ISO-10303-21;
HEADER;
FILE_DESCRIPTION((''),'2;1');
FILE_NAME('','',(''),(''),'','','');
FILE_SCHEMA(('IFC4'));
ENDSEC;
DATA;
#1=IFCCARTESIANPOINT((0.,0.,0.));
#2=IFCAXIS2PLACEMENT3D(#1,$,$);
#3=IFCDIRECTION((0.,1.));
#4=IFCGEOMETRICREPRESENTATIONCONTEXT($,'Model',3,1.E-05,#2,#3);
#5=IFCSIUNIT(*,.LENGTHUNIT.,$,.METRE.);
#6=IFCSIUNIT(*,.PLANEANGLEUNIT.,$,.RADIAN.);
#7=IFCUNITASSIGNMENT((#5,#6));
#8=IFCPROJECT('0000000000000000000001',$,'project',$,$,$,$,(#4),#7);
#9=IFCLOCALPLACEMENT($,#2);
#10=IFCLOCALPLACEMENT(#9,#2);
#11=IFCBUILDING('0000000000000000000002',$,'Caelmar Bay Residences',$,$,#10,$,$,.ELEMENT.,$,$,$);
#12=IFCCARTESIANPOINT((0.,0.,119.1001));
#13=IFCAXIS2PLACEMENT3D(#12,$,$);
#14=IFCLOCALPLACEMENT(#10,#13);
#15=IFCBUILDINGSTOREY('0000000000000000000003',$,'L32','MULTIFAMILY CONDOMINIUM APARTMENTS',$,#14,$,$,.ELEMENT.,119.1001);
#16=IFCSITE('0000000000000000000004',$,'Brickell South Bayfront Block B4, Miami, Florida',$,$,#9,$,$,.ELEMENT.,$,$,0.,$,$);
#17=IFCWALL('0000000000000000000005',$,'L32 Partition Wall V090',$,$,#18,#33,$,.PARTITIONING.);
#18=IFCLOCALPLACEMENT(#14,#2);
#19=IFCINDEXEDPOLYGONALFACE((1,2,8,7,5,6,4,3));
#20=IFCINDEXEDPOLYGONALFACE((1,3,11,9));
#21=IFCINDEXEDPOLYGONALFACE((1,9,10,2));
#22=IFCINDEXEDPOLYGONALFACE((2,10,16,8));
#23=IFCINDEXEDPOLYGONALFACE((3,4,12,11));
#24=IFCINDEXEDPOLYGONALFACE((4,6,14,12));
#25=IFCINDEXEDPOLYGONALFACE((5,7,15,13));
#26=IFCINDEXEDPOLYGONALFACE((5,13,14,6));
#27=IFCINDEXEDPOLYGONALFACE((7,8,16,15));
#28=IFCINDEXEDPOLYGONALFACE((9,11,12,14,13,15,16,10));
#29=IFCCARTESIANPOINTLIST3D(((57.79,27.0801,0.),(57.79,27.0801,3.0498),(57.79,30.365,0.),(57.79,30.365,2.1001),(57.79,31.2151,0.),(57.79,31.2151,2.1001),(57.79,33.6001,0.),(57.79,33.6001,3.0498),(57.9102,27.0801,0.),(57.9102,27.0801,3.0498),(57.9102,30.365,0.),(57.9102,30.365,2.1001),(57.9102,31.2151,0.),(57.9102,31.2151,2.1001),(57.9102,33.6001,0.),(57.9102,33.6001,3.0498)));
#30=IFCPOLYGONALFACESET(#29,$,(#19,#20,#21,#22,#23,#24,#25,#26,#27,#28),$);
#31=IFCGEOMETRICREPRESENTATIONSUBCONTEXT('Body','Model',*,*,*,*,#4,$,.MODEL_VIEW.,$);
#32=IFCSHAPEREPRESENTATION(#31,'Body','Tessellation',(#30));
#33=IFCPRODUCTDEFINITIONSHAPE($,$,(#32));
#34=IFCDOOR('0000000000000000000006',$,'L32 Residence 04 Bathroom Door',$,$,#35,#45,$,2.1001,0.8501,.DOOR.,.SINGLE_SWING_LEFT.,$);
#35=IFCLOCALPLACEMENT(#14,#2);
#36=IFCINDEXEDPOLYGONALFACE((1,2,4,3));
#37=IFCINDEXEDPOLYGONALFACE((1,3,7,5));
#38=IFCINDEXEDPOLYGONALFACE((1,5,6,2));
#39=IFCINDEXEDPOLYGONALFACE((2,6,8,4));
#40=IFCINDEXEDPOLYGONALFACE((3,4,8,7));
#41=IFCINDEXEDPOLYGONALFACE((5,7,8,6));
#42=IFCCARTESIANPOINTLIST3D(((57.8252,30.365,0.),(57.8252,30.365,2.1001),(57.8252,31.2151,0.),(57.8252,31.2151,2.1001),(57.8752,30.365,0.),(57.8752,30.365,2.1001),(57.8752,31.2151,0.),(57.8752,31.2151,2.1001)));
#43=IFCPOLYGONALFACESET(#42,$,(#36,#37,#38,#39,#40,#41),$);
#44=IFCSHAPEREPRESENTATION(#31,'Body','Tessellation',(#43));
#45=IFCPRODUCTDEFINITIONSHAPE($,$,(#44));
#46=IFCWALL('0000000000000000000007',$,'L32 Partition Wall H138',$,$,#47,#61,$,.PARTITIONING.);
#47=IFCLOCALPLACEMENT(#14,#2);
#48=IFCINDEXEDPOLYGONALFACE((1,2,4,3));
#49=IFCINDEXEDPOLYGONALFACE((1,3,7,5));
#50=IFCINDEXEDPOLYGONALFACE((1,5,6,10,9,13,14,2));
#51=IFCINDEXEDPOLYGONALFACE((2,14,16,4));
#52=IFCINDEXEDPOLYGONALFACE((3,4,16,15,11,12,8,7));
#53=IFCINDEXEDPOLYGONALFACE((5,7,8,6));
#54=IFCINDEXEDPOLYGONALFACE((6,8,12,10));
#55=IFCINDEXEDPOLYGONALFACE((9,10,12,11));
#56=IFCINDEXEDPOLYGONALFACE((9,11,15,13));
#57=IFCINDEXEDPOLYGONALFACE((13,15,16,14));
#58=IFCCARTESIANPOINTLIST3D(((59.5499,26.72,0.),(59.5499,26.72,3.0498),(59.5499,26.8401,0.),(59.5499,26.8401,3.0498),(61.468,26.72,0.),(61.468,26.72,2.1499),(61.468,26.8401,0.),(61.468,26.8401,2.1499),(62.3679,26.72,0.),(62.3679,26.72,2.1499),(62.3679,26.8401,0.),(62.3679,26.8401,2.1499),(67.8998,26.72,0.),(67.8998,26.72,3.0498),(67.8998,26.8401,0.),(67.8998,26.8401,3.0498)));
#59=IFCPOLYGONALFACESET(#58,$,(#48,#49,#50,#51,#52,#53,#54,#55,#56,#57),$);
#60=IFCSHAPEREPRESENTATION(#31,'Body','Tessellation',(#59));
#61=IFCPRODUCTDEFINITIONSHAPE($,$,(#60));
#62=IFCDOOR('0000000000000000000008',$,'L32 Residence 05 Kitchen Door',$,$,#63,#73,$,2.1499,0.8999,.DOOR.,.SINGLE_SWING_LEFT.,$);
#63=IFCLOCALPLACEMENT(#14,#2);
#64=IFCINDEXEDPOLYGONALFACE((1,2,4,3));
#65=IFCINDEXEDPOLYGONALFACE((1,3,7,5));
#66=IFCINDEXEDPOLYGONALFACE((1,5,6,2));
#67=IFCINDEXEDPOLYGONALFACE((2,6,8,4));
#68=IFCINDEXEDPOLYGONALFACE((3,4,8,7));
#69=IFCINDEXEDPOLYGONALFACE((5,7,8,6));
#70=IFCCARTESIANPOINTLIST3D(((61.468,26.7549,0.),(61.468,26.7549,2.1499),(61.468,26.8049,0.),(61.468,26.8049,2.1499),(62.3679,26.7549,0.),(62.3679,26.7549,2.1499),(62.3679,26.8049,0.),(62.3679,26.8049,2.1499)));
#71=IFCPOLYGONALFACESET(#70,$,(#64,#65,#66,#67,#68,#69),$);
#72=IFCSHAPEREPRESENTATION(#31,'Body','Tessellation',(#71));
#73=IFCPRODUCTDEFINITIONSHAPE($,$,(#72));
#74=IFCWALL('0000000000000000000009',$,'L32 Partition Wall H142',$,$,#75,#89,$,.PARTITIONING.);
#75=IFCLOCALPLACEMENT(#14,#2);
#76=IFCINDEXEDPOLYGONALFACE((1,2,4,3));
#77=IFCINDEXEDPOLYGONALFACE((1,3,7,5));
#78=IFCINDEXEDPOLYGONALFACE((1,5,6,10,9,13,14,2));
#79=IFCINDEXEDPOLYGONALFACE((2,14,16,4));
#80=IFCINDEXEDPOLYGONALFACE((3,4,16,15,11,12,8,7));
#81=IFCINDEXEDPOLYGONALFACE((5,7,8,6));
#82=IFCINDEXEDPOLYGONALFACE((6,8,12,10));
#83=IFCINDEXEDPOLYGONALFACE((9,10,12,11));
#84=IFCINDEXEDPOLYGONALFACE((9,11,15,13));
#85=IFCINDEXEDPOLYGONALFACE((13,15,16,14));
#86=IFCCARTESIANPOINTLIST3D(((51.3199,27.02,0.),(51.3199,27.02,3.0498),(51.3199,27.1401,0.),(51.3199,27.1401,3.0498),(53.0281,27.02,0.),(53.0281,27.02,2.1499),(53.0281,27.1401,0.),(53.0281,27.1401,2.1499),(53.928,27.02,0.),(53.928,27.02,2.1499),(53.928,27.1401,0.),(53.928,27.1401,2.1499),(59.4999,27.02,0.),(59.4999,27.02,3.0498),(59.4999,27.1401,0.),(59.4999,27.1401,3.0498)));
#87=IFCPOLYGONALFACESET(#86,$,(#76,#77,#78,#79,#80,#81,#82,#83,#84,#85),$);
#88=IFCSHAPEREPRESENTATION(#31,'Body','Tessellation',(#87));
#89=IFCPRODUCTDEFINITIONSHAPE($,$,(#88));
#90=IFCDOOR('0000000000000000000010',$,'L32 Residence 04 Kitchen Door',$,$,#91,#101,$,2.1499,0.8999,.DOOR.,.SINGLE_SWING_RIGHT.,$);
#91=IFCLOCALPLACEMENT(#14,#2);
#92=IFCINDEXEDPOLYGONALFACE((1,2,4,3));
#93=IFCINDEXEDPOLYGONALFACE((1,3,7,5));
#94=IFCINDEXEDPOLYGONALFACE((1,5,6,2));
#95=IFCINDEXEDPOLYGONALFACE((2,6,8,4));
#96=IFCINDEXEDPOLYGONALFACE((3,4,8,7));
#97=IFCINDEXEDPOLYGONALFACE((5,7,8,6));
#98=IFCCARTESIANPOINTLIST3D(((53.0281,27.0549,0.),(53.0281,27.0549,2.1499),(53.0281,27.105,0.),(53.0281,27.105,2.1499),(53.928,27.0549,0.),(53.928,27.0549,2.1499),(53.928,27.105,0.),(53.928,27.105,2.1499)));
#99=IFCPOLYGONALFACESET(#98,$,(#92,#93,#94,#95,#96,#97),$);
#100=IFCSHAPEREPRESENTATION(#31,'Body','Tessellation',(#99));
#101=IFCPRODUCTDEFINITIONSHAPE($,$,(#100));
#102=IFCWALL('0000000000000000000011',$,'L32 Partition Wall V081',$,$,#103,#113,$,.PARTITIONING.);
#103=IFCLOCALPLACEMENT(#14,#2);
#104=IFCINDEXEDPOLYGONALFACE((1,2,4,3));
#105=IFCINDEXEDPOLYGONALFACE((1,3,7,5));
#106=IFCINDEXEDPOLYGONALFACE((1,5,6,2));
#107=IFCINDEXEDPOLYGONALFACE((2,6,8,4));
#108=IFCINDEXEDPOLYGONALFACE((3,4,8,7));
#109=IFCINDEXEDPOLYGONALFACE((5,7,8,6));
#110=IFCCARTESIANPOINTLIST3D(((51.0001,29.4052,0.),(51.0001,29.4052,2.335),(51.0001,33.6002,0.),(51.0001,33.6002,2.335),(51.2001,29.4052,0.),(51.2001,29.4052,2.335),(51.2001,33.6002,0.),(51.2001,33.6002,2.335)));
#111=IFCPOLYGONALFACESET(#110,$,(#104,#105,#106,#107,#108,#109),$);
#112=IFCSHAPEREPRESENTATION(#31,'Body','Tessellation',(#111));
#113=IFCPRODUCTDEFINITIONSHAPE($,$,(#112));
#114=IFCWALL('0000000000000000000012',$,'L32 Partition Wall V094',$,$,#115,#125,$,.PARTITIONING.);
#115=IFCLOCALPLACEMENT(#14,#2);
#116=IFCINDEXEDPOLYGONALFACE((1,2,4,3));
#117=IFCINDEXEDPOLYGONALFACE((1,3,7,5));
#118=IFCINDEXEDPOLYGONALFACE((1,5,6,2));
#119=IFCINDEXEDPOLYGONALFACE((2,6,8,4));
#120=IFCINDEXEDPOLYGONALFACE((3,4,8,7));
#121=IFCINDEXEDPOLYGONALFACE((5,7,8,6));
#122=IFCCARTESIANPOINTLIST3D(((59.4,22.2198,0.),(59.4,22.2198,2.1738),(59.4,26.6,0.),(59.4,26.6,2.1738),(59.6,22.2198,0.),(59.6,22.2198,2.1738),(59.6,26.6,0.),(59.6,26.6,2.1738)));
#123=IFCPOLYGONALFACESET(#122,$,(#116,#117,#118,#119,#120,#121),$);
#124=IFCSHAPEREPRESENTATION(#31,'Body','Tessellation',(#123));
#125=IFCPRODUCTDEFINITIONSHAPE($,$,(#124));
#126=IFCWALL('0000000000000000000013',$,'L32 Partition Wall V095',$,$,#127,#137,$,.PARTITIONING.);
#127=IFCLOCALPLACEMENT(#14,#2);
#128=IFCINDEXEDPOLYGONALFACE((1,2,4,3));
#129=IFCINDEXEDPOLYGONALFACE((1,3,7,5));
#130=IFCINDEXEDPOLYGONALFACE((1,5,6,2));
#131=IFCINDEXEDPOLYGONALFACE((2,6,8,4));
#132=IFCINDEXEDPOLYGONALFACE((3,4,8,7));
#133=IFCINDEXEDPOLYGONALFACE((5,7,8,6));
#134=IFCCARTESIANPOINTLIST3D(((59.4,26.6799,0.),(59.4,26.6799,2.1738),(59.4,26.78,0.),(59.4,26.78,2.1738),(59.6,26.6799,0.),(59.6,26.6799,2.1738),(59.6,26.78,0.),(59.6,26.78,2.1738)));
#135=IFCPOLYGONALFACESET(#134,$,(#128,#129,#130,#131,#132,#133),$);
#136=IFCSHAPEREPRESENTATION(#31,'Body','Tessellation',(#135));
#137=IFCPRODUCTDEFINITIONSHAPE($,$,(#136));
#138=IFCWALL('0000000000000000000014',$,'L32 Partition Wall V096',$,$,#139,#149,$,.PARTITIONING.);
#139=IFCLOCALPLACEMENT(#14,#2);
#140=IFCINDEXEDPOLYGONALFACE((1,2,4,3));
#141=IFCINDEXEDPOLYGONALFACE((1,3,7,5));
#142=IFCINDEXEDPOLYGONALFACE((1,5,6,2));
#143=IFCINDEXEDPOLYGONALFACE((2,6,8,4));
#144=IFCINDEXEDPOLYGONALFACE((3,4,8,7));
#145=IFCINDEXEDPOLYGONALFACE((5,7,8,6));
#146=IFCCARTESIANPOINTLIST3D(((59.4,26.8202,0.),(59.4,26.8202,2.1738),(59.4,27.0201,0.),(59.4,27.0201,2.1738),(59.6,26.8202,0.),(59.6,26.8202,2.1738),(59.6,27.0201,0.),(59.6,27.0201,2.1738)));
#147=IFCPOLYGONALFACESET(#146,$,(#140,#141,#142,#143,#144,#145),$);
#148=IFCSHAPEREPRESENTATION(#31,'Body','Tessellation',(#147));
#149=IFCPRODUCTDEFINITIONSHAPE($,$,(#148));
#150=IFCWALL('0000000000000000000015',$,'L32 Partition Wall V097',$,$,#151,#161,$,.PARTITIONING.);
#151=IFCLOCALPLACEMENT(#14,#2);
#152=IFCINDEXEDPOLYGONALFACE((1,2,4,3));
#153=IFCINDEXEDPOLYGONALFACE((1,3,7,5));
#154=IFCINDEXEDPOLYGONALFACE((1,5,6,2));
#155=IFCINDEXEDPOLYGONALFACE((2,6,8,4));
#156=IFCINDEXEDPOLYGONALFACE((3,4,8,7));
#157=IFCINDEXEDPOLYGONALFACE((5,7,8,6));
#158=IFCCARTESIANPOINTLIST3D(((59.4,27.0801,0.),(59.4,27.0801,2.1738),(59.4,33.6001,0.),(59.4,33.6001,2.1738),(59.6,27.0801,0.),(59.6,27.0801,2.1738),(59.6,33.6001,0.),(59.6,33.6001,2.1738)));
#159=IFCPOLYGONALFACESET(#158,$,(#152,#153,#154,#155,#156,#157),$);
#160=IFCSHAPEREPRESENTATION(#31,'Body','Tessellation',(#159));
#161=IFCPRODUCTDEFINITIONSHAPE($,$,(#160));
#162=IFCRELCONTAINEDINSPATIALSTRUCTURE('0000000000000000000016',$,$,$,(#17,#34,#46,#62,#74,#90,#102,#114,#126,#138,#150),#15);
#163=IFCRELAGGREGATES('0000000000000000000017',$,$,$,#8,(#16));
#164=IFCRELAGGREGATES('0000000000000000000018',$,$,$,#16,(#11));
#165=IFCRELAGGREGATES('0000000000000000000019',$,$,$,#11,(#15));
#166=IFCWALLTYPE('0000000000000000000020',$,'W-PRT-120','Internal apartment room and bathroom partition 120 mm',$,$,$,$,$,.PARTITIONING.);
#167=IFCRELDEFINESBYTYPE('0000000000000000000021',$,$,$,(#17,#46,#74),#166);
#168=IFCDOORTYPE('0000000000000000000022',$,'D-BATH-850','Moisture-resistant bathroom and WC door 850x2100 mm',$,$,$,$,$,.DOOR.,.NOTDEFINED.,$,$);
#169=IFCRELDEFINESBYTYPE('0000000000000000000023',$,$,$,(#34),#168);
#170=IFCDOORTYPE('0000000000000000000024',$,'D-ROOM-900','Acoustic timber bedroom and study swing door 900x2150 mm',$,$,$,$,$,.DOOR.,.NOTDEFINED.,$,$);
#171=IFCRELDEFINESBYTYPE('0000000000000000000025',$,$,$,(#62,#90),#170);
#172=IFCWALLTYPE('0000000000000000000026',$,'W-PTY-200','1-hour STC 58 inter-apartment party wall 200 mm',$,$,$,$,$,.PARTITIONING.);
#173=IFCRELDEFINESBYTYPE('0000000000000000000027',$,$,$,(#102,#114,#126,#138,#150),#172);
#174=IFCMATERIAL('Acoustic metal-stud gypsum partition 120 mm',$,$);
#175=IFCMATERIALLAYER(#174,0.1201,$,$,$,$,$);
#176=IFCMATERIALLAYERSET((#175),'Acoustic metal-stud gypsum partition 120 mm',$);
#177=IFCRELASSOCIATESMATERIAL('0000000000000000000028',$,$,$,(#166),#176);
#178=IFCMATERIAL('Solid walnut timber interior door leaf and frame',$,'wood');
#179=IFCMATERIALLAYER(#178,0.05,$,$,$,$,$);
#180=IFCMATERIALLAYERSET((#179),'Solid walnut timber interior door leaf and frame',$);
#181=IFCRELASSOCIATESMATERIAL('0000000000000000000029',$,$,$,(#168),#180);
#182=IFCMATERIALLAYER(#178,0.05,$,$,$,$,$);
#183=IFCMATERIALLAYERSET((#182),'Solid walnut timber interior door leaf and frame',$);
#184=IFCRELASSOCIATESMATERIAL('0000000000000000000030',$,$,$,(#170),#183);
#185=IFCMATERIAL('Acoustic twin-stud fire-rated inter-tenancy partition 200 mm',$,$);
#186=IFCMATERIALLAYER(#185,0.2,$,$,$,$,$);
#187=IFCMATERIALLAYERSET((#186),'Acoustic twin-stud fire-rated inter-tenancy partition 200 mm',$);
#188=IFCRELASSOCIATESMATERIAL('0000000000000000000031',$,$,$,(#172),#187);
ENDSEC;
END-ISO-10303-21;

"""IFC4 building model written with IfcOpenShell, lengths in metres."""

from ifc_helpers import new_model, si_unit, direction, frame, frame_2d, origin, place, context, subcontext, project, spatial, rectangle, extrude, material, layer, layer_set, type_object, element, fill, save


model = new_model("IFC4")

# Units and contexts
model_context = context("Model", 3, precision=1e-05, world=origin(), true_north=direction((0.0, 1.0)))
body_context = subcontext(model_context, "Body", "Model", "MODEL_VIEW")
ifc_project = project(units=[si_unit("LENGTHUNIT", "METRE"), si_unit("PLANEANGLEUNIT", "RADIAN")], contexts=[model_context])

# Site, building, storey
site_placement = place(None, origin())
site = spatial("IfcSite", under=ifc_project, at=site_placement, Name="Brickell South Bayfront Block B4, Miami, Florida", CompositionType="ELEMENT", RefElevation=0.0)
building_placement = place(site_placement, origin())
building = spatial("IfcBuilding", under=site, at=building_placement, Name="Caelmar Bay Residences", CompositionType="ELEMENT")
storey_placement = place(building_placement, frame((0.0, 0.0, 119.1001)))
storey = spatial("IfcBuildingStorey", under=building, at=storey_placement, Name="L32", Description="MULTIFAMILY CONDOMINIUM APARTMENTS", CompositionType="ELEMENT", Elevation=119.1001)

# Shared definitions
ifc_material_1 = material(Name="Acoustic metal-stud gypsum partition 120 mm")
ifc_layer_1 = layer(ifc_material_1, 0.1201)
ifc_layer_set_1 = layer_set([ifc_layer_1], Name="Acoustic metal-stud gypsum partition 120 mm")
wall_type_1 = type_object("IfcWallType", Name="W-PRT-120", Description="Internal apartment room and bathroom partition 120 mm", PredefinedType="PARTITIONING", material=ifc_layer_set_1)
ifc_material_2 = material(Name="Solid walnut timber interior door leaf and frame", Category="wood")
ifc_layer_2 = layer(ifc_material_2, 0.05)
ifc_layer_set_2 = layer_set([ifc_layer_2], Name="Solid walnut timber interior door leaf and frame")
door_type_1 = type_object("IfcDoorType", Name="D-BATH-850", Description="Moisture-resistant bathroom and WC door 850x2100 mm", OperationType="NOTDEFINED", PredefinedType="DOOR", material=ifc_layer_set_2)
ifc_layer_3 = layer(ifc_material_2, 0.05)
ifc_layer_set_3 = layer_set([ifc_layer_3], Name="Solid walnut timber interior door leaf and frame")
door_type_2 = type_object("IfcDoorType", Name="D-ROOM-900", Description="Acoustic timber bedroom and study swing door 900x2150 mm", OperationType="NOTDEFINED", PredefinedType="DOOR", material=ifc_layer_set_3)

# Walls, openings, doors
wall_1_placement = place(storey_placement, frame((57.8501, 27.0801, 0.0), z_axis=(0.0, 0.0, 1.0), x_axis=(0.0, 1.0, 0.0)))
wall_1 = element("IfcWall", 1, at=wall_1_placement, inside=storey, type_object=wall_type_1, Name="L32 Partition Wall V090", PredefinedType="PARTITIONING", context=body_context, shape_type="SweptSolid", body=[
    extrude(rectangle(XDim=6.52, YDim=0.1201, at=frame_2d((3.26, 0.0))), origin(), (0.0, 0.0, 1.0), 3.0498),
])
opening_1_placement = place(wall_1_placement, frame((3.2849, 0.0, 0.0)))
opening_1 = element("IfcOpeningElement", 2, at=opening_1_placement, cuts=wall_1, PredefinedType="OPENING", context=body_context, shape_type="SweptSolid", body=[
    extrude(rectangle(XDim=0.8501, YDim=2.1001, at=frame_2d((0.425, 1.05))), frame((0.0, 0.0701, 0.0), z_axis=(0.0, -1.0, 0.0), x_axis=(1.0, 0.0, 0.0)), (0.0, 0.0, 1.0), 0.1401),
])
door_1_placement = place(opening_1_placement, origin())
door_1 = element("IfcDoor", 3, at=door_1_placement, inside=storey, type_object=door_type_1, Name="L32 Residence 04 Bathroom Door", OperationType="SINGLE_SWING_LEFT", OverallHeight=2.1001, OverallWidth=0.8501, PredefinedType="DOOR", context=body_context, shape_type="SweptSolid", body=[
    extrude(rectangle(XDim=0.8501, YDim=2.1001, at=frame_2d((0.425, 1.05))), frame((0.0, 0.0249, 0.0), z_axis=(0.0, -1.0, 0.0), x_axis=(1.0, 0.0, 0.0)), (0.0, 0.0, 1.0), 0.05),
])
fill(opening_1, door_1)
wall_2_placement = place(storey_placement, frame((59.55, 26.78, 0.0), z_axis=(0.0, 0.0, 1.0), x_axis=(1.0, 0.0, 0.0)))
wall_2 = element("IfcWall", 4, at=wall_2_placement, inside=storey, type_object=wall_type_1, Name="L32 Partition Wall H138", PredefinedType="PARTITIONING", context=body_context, shape_type="SweptSolid", body=[
    extrude(rectangle(XDim=8.3499, YDim=0.1201, at=frame_2d((4.1748, 0.0))), origin(), (0.0, 0.0, 1.0), 3.0498),
])
opening_2_placement = place(wall_2_placement, frame((1.918, 0.0, 0.0)))
opening_2 = element("IfcOpeningElement", 5, at=opening_2_placement, cuts=wall_2, PredefinedType="OPENING", context=body_context, shape_type="SweptSolid", body=[
    extrude(rectangle(XDim=0.8999, YDim=2.1499, at=frame_2d((0.45, 1.075))), frame((0.0, 0.0701, 0.0), z_axis=(0.0, -1.0, 0.0), x_axis=(1.0, 0.0, 0.0)), (0.0, 0.0, 1.0), 0.1401),
])
door_2_placement = place(opening_2_placement, origin())
door_2 = element("IfcDoor", 6, at=door_2_placement, inside=storey, type_object=door_type_2, Name="L32 Residence 05 Kitchen Door", OperationType="SINGLE_SWING_LEFT", OverallHeight=2.1499, OverallWidth=0.8999, PredefinedType="DOOR", context=body_context, shape_type="SweptSolid", body=[
    extrude(rectangle(XDim=0.8999, YDim=2.1499, at=frame_2d((0.45, 1.075))), frame((0.0, 0.0249, 0.0), z_axis=(0.0, -1.0, 0.0), x_axis=(1.0, 0.0, 0.0)), (0.0, 0.0, 1.0), 0.05),
])
fill(opening_2, door_2)
wall_3_placement = place(storey_placement, frame((51.3201, 27.0801, 0.0), z_axis=(0.0, 0.0, 1.0), x_axis=(1.0, 0.0, 0.0)))
wall_3 = element("IfcWall", 7, at=wall_3_placement, inside=storey, type_object=wall_type_1, Name="L32 Partition Wall H142", PredefinedType="PARTITIONING", context=body_context, shape_type="SweptSolid", body=[
    extrude(rectangle(XDim=8.1799, YDim=0.1201, at=frame_2d((4.0898, 0.0))), origin(), (0.0, 0.0, 1.0), 3.0498),
])
opening_3_placement = place(wall_3_placement, frame((1.708, 0.0, 0.0)))
opening_3 = element("IfcOpeningElement", 8, at=opening_3_placement, cuts=wall_3, PredefinedType="OPENING", context=body_context, shape_type="SweptSolid", body=[
    extrude(rectangle(XDim=0.8999, YDim=2.1499, at=frame_2d((0.45, 1.075))), frame((0.0, 0.0701, 0.0), z_axis=(0.0, -1.0, 0.0), x_axis=(1.0, 0.0, 0.0)), (0.0, 0.0, 1.0), 0.1401),
])
door_3_placement = place(opening_3_placement, origin())
door_3 = element("IfcDoor", 9, at=door_3_placement, inside=storey, type_object=door_type_2, Name="L32 Residence 04 Kitchen Door", OperationType="SINGLE_SWING_RIGHT", OverallHeight=2.1499, OverallWidth=0.8999, PredefinedType="DOOR", context=body_context, shape_type="SweptSolid", body=[
    extrude(rectangle(XDim=0.8999, YDim=2.1499, at=frame_2d((0.45, 1.075))), frame((0.0, 0.0249, 0.0), z_axis=(0.0, -1.0, 0.0), x_axis=(1.0, 0.0, 0.0)), (0.0, 0.0, 1.0), 0.05),
])
fill(opening_3, door_3)

# Walls
ifc_material_3 = material(Name="Acoustic twin-stud fire-rated inter-tenancy partition 200 mm")
ifc_layer_4 = layer(ifc_material_3, 0.2)
ifc_layer_set_4 = layer_set([ifc_layer_4], Name="Acoustic twin-stud fire-rated inter-tenancy partition 200 mm")
wall_type_2 = type_object("IfcWallType", Name="W-PTY-200", Description="1-hour STC 58 inter-apartment party wall 200 mm", PredefinedType="PARTITIONING", material=ifc_layer_set_4)
wall_4_placement = place(storey_placement, frame((51.1001, 29.405, 0.0), z_axis=(0.0, 0.0, 1.0), x_axis=(0.0, 1.0, 0.0)))
element("IfcWall", 10, at=wall_4_placement, inside=storey, type_object=wall_type_2, Name="L32 Partition Wall V081", PredefinedType="PARTITIONING", context=body_context, shape_type="SweptSolid", body=[
    extrude(rectangle(XDim=4.1951, YDim=0.2, at=frame_2d((2.0977, 0.0))), origin(), (0.0, 0.0, 1.0), 2.335),
])
wall_5_placement = place(storey_placement, frame((59.5, 22.22, 0.0), z_axis=(0.0, 0.0, 1.0), x_axis=(0.0, 1.0, 0.0)))
element("IfcWall", 11, at=wall_5_placement, inside=storey, type_object=wall_type_2, Name="L32 Partition Wall V094", PredefinedType="PARTITIONING", context=body_context, shape_type="SweptSolid", body=[
    extrude(rectangle(XDim=4.3801, YDim=0.2, at=frame_2d((2.1899, 0.0))), origin(), (0.0, 0.0, 1.0), 2.1738),
])
wall_6_placement = place(storey_placement, frame((59.5, 26.6799, 0.0), z_axis=(0.0, 0.0, 1.0), x_axis=(0.0, 1.0, 0.0)))
element("IfcWall", 12, at=wall_6_placement, inside=storey, type_object=wall_type_2, Name="L32 Partition Wall V095", PredefinedType="PARTITIONING", context=body_context, shape_type="SweptSolid", body=[
    extrude(rectangle(XDim=0.1001, YDim=0.2, at=frame_2d((0.05, 0.0))), origin(), (0.0, 0.0, 1.0), 2.1738),
])
wall_7_placement = place(storey_placement, frame((59.5, 26.8201, 0.0), z_axis=(0.0, 0.0, 1.0), x_axis=(0.0, 1.0, 0.0)))
element("IfcWall", 13, at=wall_7_placement, inside=storey, type_object=wall_type_2, Name="L32 Partition Wall V096", PredefinedType="PARTITIONING", context=body_context, shape_type="SweptSolid", body=[
    extrude(rectangle(XDim=0.2, YDim=0.2, at=frame_2d((0.1001, 0.0))), origin(), (0.0, 0.0, 1.0), 2.1738),
])
wall_8_placement = place(storey_placement, frame((59.5, 27.0801, 0.0), z_axis=(0.0, 0.0, 1.0), x_axis=(0.0, 1.0, 0.0)))
element("IfcWall", 14, at=wall_8_placement, inside=storey, type_object=wall_type_2, Name="L32 Partition Wall V097", PredefinedType="PARTITIONING", context=body_context, shape_type="SweptSolid", body=[
    extrude(rectangle(XDim=6.52, YDim=0.2, at=frame_2d((3.26, 0.0))), origin(), (0.0, 0.0, 1.0), 2.1738),
])

save(model, "model.ifc")
